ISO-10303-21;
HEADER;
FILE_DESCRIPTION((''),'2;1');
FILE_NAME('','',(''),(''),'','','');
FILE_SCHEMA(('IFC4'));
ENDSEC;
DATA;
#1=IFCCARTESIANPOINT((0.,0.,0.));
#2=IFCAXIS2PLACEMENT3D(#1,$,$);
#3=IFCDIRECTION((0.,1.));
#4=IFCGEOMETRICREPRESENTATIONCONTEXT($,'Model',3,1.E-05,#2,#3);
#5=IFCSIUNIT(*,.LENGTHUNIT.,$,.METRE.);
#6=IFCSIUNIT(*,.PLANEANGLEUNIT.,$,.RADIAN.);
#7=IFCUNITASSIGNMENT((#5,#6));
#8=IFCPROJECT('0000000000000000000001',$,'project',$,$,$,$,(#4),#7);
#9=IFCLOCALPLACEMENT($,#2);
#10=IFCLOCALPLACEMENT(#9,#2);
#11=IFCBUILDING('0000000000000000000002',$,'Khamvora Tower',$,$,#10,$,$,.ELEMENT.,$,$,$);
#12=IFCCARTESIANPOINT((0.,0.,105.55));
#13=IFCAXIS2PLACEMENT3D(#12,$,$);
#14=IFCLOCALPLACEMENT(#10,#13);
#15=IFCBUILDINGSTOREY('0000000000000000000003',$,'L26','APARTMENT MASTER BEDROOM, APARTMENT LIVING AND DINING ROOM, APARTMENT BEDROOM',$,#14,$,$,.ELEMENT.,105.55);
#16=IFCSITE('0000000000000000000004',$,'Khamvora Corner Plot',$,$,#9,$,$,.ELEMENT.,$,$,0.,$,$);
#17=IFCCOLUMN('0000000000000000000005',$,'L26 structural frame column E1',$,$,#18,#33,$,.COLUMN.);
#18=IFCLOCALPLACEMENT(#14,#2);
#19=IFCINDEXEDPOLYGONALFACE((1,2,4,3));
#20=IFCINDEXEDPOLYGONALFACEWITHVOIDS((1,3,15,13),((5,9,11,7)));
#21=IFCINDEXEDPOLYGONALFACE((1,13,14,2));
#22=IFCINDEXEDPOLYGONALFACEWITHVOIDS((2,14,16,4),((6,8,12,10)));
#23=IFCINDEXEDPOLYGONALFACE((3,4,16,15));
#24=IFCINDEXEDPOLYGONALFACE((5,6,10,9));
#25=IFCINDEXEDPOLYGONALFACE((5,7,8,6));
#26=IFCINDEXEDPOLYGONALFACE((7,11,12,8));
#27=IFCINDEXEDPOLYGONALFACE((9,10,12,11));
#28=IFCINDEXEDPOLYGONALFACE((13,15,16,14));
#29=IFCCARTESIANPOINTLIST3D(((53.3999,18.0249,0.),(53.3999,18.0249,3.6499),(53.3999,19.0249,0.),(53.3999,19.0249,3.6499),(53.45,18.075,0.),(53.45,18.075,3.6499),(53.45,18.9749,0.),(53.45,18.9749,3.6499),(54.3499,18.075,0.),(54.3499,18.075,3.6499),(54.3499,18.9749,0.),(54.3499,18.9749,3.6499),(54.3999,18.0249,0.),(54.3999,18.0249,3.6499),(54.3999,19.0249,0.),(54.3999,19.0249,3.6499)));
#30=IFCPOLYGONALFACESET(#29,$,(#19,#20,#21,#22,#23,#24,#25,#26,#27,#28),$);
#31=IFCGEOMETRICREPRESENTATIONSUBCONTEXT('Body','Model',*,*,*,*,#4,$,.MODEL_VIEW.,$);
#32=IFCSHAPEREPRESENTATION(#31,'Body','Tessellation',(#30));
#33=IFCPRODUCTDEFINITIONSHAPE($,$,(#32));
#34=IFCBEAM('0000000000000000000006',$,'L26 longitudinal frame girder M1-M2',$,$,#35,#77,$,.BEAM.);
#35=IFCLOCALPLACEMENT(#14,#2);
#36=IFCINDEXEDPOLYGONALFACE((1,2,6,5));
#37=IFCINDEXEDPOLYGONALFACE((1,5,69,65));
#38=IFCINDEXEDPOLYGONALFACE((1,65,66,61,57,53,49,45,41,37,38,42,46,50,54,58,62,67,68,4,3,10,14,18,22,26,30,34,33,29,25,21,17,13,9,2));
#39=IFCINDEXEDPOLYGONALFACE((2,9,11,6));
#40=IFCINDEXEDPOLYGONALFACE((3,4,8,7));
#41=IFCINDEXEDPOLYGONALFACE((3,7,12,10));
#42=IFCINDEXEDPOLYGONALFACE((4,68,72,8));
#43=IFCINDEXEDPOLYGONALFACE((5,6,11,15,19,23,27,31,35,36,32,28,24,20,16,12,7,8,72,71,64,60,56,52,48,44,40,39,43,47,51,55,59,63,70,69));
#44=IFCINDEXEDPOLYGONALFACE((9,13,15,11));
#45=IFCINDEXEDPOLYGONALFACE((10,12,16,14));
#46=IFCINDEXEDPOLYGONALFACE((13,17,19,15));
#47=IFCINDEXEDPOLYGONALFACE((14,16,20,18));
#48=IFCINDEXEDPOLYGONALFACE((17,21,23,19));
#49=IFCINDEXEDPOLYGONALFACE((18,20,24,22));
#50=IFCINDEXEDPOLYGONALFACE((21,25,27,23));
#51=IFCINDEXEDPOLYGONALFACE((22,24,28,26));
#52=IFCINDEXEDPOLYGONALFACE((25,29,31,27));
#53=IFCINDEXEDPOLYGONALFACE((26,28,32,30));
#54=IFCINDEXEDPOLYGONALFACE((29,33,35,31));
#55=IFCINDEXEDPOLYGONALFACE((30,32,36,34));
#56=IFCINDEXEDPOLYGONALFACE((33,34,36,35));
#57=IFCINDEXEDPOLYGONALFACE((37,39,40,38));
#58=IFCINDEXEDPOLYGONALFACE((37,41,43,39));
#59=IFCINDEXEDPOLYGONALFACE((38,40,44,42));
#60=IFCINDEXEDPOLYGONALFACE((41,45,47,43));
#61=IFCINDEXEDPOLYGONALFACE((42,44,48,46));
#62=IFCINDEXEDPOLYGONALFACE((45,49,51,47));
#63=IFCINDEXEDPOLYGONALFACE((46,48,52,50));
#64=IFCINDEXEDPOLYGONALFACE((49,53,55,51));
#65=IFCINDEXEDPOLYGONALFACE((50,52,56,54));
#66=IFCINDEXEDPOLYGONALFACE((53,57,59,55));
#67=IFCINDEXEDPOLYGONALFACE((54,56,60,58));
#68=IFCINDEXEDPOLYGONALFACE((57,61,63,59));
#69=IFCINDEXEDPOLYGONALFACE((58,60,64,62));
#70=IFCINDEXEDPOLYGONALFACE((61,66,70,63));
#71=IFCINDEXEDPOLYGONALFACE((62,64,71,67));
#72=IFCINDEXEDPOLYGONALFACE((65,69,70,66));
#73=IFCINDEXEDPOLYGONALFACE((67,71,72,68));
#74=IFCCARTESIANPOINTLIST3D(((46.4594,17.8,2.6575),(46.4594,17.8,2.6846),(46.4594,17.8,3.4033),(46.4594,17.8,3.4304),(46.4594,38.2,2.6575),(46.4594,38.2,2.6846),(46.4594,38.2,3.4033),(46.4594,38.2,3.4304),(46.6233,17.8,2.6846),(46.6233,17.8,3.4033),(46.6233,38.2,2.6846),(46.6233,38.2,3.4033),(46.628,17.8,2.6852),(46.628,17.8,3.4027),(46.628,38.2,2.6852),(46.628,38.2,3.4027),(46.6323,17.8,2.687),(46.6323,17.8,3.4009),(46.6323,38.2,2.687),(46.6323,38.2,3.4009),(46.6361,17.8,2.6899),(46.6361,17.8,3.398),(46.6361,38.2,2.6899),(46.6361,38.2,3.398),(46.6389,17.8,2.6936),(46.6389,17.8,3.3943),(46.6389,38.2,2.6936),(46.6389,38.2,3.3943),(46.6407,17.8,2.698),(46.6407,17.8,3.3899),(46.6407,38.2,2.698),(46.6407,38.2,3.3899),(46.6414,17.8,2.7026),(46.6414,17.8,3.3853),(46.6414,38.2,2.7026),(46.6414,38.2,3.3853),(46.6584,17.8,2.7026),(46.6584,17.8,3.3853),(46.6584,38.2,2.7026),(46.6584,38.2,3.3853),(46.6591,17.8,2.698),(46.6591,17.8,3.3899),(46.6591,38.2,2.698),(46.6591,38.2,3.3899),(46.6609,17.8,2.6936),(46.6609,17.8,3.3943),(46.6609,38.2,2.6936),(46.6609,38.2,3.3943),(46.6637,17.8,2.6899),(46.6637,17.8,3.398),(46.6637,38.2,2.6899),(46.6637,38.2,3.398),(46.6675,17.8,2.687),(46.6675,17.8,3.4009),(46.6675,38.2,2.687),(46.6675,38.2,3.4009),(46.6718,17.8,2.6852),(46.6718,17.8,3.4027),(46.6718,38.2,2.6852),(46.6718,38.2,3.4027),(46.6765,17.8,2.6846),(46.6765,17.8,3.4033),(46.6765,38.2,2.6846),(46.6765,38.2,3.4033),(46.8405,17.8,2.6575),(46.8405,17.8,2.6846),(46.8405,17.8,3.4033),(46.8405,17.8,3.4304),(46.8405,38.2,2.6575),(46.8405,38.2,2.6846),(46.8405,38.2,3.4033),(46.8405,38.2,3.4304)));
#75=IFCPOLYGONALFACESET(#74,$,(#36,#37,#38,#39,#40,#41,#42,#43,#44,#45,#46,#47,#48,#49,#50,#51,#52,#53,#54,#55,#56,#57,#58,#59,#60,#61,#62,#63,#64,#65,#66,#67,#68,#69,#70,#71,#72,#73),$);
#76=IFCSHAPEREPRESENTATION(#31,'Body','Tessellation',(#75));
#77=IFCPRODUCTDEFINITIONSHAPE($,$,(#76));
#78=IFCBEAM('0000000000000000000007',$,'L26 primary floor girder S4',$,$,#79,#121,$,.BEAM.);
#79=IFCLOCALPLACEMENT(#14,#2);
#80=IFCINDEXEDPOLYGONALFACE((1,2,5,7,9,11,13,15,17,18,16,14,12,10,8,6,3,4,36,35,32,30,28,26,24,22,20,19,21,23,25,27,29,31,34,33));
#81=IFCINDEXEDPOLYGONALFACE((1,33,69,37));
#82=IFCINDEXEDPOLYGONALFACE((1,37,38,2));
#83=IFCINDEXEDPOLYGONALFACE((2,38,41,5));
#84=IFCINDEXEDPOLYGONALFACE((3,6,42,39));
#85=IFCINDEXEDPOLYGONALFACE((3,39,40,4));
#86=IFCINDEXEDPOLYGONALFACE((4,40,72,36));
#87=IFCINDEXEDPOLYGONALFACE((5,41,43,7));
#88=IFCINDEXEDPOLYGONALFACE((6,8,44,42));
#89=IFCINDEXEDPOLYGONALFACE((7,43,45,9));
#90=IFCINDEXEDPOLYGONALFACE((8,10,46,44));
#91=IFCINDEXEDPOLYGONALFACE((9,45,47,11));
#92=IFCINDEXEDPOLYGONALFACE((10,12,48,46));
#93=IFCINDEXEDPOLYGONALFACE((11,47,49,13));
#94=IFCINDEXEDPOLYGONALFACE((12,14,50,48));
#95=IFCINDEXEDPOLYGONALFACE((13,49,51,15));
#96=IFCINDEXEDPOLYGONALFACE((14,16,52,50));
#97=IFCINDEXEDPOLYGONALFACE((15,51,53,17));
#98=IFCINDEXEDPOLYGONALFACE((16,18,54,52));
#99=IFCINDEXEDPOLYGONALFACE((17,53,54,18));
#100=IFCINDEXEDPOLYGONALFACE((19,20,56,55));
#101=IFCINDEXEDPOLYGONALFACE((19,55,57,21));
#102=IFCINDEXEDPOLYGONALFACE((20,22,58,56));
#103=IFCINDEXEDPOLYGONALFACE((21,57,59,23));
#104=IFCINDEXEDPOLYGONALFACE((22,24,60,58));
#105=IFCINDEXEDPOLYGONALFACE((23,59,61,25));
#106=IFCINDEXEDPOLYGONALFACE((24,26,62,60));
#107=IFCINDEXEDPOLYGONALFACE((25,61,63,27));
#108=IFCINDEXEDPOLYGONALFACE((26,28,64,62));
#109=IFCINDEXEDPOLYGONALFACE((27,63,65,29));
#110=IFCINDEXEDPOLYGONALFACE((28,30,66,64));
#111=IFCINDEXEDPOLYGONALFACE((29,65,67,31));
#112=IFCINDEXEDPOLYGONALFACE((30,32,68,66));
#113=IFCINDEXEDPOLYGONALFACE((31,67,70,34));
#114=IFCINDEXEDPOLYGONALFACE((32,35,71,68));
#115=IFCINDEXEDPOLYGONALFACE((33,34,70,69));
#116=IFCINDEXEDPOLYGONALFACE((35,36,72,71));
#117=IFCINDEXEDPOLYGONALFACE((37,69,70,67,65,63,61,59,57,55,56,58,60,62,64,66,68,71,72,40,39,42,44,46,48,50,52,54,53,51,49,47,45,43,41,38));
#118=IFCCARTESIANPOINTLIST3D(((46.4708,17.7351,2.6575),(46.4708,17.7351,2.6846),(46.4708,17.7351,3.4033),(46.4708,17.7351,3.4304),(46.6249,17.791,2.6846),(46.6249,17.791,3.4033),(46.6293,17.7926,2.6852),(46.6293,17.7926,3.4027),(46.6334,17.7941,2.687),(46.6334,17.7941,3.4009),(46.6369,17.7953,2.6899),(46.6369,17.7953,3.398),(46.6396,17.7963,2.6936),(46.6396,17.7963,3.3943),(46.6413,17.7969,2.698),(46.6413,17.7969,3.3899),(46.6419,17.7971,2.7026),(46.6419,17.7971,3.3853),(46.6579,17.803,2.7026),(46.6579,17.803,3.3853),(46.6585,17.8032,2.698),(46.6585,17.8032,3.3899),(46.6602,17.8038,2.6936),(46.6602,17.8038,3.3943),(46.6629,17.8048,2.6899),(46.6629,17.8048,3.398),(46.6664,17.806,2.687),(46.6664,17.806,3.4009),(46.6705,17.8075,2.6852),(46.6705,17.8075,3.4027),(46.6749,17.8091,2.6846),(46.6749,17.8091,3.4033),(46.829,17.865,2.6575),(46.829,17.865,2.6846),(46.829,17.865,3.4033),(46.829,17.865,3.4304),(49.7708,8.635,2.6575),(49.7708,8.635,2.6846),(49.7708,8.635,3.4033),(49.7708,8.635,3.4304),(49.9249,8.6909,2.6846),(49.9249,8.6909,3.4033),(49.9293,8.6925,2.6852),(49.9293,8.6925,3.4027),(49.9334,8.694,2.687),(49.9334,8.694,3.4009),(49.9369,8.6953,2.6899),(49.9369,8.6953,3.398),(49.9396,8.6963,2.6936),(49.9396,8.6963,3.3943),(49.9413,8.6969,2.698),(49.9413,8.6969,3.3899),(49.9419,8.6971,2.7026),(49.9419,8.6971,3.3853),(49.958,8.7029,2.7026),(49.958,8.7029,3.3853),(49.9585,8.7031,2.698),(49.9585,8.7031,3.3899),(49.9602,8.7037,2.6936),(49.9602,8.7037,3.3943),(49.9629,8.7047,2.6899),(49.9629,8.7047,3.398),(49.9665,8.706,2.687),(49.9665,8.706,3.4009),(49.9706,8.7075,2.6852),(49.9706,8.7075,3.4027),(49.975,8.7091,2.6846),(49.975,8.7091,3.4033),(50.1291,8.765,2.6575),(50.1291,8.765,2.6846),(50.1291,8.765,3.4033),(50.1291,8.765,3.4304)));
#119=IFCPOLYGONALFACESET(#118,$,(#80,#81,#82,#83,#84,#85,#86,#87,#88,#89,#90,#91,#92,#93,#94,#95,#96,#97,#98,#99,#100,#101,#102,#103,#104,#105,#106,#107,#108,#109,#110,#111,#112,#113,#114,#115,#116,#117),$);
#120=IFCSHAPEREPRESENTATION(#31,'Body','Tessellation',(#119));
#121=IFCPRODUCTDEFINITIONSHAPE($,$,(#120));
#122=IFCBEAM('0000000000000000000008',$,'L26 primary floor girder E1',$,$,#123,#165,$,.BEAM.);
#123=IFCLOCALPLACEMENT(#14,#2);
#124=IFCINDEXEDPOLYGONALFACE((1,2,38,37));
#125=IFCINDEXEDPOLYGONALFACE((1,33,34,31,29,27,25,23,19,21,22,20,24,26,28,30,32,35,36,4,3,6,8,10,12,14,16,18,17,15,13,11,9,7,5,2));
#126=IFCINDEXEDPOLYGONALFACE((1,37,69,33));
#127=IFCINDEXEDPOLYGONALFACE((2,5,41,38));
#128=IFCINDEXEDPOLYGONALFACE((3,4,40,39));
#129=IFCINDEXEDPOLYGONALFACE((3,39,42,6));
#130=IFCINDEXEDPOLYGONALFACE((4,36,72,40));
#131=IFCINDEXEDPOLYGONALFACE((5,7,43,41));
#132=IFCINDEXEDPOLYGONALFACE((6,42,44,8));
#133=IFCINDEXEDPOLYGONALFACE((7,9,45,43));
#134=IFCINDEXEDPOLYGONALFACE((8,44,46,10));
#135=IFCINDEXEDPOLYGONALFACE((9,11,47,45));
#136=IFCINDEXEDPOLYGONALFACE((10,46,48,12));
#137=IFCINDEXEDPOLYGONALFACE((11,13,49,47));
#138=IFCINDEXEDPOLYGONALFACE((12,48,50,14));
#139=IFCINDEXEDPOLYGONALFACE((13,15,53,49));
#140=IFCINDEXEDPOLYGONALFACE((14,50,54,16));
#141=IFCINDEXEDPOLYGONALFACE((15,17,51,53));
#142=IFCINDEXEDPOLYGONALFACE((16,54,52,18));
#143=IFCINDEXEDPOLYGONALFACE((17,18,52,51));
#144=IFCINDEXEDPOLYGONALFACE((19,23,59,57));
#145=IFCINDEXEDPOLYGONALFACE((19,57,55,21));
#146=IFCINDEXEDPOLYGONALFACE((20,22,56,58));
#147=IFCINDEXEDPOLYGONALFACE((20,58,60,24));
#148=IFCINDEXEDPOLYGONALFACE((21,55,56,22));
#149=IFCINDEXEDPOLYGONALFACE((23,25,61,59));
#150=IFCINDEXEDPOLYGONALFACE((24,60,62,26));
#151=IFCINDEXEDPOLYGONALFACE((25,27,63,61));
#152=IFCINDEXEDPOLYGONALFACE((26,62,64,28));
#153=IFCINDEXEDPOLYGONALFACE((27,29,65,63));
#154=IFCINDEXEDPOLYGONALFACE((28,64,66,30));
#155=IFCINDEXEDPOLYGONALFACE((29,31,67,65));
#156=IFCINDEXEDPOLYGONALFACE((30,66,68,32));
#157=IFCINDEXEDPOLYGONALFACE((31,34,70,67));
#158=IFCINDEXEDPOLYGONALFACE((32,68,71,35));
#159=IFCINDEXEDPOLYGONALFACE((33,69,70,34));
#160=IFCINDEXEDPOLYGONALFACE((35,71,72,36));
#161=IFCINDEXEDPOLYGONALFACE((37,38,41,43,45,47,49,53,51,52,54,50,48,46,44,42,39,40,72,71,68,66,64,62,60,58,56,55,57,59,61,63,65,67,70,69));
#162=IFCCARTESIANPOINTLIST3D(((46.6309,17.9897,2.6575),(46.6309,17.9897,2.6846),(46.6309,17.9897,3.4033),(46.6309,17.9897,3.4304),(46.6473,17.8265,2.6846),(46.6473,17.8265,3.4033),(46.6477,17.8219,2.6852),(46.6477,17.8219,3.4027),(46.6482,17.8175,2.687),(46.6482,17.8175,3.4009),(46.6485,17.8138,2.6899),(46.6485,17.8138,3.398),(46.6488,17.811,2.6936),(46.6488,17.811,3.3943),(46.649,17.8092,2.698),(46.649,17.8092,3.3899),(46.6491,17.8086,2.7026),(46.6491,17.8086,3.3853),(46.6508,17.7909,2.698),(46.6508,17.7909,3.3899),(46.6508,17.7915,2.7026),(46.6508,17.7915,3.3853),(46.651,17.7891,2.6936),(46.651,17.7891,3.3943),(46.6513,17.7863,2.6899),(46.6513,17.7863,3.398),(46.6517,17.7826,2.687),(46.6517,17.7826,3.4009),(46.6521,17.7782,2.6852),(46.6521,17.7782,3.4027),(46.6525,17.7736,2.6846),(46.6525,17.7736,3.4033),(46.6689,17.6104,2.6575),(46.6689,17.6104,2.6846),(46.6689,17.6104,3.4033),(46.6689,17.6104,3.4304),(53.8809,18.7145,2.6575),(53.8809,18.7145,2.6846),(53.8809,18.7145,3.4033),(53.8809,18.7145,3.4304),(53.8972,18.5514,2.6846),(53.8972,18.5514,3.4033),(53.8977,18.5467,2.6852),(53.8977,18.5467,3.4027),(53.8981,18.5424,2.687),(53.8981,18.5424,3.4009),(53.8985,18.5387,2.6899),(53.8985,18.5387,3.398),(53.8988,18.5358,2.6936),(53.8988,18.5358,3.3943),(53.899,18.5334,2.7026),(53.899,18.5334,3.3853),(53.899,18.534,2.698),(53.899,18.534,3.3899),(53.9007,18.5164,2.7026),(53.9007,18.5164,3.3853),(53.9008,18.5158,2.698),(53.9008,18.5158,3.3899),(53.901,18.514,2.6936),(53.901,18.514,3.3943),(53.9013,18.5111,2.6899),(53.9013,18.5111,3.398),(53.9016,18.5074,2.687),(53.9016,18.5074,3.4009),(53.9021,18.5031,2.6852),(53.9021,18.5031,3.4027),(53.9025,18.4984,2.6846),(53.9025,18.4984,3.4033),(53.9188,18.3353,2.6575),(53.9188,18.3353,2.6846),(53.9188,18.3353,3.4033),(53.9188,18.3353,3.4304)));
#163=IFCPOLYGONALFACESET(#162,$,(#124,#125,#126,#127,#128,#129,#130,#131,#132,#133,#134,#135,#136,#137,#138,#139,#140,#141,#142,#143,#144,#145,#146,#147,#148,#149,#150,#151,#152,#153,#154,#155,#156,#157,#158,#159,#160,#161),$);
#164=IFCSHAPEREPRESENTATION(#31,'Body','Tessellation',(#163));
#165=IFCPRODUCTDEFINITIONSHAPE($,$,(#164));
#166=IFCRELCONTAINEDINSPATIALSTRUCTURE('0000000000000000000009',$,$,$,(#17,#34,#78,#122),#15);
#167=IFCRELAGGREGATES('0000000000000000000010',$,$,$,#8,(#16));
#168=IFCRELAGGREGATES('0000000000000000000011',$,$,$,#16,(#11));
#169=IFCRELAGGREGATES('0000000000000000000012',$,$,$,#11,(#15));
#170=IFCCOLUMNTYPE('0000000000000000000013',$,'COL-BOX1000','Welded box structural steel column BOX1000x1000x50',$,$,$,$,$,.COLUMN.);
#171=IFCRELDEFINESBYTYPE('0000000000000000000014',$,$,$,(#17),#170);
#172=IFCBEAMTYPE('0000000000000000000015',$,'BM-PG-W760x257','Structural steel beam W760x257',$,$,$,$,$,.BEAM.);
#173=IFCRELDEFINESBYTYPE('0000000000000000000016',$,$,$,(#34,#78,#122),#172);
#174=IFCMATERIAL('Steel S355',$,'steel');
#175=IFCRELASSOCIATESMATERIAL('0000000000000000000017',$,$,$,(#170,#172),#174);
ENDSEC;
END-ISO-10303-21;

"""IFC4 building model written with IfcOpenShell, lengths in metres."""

from ifc_helpers import new_model, si_unit, direction, frame, origin, origin_2d, place, context, subcontext, project, spatial, hollow_rectangle, i_section, extrude, material, material_profile, profile_set, type_object, element, save


model = new_model("IFC4")

# Units and contexts
model_context = context("Model", 3, precision=1e-05, world=origin(), true_north=direction((0.0, 1.0)))
body_context = subcontext(model_context, "Body", "Model", "MODEL_VIEW")
ifc_project = project(units=[si_unit("LENGTHUNIT", "METRE"), si_unit("PLANEANGLEUNIT", "RADIAN")], contexts=[model_context])

# Site, building, storey
site_placement = place(None, origin())
site = spatial("IfcSite", under=ifc_project, at=site_placement, Name="Khamvora Corner Plot", CompositionType="ELEMENT", RefElevation=0.0)
building_placement = place(site_placement, origin())
building = spatial("IfcBuilding", under=site, at=building_placement, Name="Khamvora Tower", CompositionType="ELEMENT")
storey_placement = place(building_placement, frame((0.0, 0.0, 105.55)))
storey = spatial("IfcBuildingStorey", under=building, at=storey_placement, Name="L26", Description="APARTMENT MASTER BEDROOM, APARTMENT LIVING AND DINING ROOM, APARTMENT BEDROOM", CompositionType="ELEMENT", Elevation=105.55)

# Column
ifc_material_1 = material(Name="Steel S355", Category="steel")
ifc_material_profile_1 = material_profile(ifc_material_1, hollow_rectangle(XDim=1.0, YDim=1.0, WallThickness=0.05, at=origin_2d()), Name="BOX1000x1000x50")
ifc_profile_set_1 = profile_set([ifc_material_profile_1], Name="Steel S355")
column_type = type_object("IfcColumnType", Name="COL-BOX1000", Description="Welded box structural steel column BOX1000x1000x50", PredefinedType="COLUMN", material=ifc_profile_set_1)
column_placement = place(storey_placement, frame((53.8999, 18.5249, 0.0), z_axis=(0.0, 0.0, 1.0), x_axis=(1.0, 0.0, 0.0)))
element("IfcColumn", 1, at=column_placement, inside=storey, type_object=column_type, Name="L26 structural frame column E1", PredefinedType="COLUMN", context=body_context, shape_type="SweptSolid", body=[
    extrude(hollow_rectangle(XDim=1.0, YDim=1.0, WallThickness=0.05, at=origin_2d()), origin(), (0.0, 0.0, 1.0), 3.6499),
])

# Beams
ifc_material_profile_2 = material_profile(ifc_material_1, i_section(OverallWidth=0.3811, OverallDepth=0.7729, WebThickness=0.0171, FlangeThickness=0.0271, FilletRadius=0.0181, at=origin_2d()), Name="W760x257")
ifc_profile_set_2 = profile_set([ifc_material_profile_2], Name="Steel S355")
beam_type_1 = type_object("IfcBeamType", Name="BM-PG-W760x257", Description="Structural steel beam W760x257", PredefinedType="BEAM", material=ifc_profile_set_2)
beam_1_placement = place(storey_placement, frame((46.6499, 17.8, 3.0439), z_axis=(0.0, 1.0, 0.0), x_axis=(-1.0, 0.0, 0.0)))
element("IfcBeam", 2, at=beam_1_placement, inside=storey, type_object=beam_type_1, Name="L26 longitudinal frame girder M1-M2", PredefinedType="BEAM", context=body_context, shape_type="SweptSolid", body=[
    extrude(i_section(OverallWidth=0.3811, OverallDepth=0.7729, WebThickness=0.0171, FlangeThickness=0.0271, FilletRadius=0.0181, at=origin_2d()), origin(), (0.0, 0.0, 1.0), 20.3999),
])
beam_2_placement = place(storey_placement, frame((46.6499, 17.8, 3.0439), z_axis=(0.340915, -0.940094, 0.0), x_axis=(0.940094, 0.340915, 0.0)))
element("IfcBeam", 3, at=beam_2_placement, inside=storey, type_object=beam_type_1, Name="L26 primary floor girder S4", PredefinedType="BEAM", context=body_context, shape_type="SweptSolid", body=[
    extrude(i_section(OverallWidth=0.3811, OverallDepth=0.7729, WebThickness=0.0171, FlangeThickness=0.0271, FilletRadius=0.0181, at=origin_2d()), origin(), (0.0, 0.0, 1.0), 9.6799),
])
beam_3_placement = place(storey_placement, frame((46.6499, 17.8, 3.0439), z_axis=(0.995039, 0.099484, 0.0), x_axis=(-0.099484, 0.995039, 0.0)))
element("IfcBeam", 4, at=beam_3_placement, inside=storey, type_object=beam_type_1, Name="L26 primary floor girder E1", PredefinedType="BEAM", context=body_context, shape_type="SweptSolid", body=[
    extrude(i_section(OverallWidth=0.3811, OverallDepth=0.7729, WebThickness=0.0171, FlangeThickness=0.0271, FilletRadius=0.0181, at=origin_2d()), origin(), (0.0, 0.0, 1.0), 7.2861),
])

save(model, "model.ifc")
